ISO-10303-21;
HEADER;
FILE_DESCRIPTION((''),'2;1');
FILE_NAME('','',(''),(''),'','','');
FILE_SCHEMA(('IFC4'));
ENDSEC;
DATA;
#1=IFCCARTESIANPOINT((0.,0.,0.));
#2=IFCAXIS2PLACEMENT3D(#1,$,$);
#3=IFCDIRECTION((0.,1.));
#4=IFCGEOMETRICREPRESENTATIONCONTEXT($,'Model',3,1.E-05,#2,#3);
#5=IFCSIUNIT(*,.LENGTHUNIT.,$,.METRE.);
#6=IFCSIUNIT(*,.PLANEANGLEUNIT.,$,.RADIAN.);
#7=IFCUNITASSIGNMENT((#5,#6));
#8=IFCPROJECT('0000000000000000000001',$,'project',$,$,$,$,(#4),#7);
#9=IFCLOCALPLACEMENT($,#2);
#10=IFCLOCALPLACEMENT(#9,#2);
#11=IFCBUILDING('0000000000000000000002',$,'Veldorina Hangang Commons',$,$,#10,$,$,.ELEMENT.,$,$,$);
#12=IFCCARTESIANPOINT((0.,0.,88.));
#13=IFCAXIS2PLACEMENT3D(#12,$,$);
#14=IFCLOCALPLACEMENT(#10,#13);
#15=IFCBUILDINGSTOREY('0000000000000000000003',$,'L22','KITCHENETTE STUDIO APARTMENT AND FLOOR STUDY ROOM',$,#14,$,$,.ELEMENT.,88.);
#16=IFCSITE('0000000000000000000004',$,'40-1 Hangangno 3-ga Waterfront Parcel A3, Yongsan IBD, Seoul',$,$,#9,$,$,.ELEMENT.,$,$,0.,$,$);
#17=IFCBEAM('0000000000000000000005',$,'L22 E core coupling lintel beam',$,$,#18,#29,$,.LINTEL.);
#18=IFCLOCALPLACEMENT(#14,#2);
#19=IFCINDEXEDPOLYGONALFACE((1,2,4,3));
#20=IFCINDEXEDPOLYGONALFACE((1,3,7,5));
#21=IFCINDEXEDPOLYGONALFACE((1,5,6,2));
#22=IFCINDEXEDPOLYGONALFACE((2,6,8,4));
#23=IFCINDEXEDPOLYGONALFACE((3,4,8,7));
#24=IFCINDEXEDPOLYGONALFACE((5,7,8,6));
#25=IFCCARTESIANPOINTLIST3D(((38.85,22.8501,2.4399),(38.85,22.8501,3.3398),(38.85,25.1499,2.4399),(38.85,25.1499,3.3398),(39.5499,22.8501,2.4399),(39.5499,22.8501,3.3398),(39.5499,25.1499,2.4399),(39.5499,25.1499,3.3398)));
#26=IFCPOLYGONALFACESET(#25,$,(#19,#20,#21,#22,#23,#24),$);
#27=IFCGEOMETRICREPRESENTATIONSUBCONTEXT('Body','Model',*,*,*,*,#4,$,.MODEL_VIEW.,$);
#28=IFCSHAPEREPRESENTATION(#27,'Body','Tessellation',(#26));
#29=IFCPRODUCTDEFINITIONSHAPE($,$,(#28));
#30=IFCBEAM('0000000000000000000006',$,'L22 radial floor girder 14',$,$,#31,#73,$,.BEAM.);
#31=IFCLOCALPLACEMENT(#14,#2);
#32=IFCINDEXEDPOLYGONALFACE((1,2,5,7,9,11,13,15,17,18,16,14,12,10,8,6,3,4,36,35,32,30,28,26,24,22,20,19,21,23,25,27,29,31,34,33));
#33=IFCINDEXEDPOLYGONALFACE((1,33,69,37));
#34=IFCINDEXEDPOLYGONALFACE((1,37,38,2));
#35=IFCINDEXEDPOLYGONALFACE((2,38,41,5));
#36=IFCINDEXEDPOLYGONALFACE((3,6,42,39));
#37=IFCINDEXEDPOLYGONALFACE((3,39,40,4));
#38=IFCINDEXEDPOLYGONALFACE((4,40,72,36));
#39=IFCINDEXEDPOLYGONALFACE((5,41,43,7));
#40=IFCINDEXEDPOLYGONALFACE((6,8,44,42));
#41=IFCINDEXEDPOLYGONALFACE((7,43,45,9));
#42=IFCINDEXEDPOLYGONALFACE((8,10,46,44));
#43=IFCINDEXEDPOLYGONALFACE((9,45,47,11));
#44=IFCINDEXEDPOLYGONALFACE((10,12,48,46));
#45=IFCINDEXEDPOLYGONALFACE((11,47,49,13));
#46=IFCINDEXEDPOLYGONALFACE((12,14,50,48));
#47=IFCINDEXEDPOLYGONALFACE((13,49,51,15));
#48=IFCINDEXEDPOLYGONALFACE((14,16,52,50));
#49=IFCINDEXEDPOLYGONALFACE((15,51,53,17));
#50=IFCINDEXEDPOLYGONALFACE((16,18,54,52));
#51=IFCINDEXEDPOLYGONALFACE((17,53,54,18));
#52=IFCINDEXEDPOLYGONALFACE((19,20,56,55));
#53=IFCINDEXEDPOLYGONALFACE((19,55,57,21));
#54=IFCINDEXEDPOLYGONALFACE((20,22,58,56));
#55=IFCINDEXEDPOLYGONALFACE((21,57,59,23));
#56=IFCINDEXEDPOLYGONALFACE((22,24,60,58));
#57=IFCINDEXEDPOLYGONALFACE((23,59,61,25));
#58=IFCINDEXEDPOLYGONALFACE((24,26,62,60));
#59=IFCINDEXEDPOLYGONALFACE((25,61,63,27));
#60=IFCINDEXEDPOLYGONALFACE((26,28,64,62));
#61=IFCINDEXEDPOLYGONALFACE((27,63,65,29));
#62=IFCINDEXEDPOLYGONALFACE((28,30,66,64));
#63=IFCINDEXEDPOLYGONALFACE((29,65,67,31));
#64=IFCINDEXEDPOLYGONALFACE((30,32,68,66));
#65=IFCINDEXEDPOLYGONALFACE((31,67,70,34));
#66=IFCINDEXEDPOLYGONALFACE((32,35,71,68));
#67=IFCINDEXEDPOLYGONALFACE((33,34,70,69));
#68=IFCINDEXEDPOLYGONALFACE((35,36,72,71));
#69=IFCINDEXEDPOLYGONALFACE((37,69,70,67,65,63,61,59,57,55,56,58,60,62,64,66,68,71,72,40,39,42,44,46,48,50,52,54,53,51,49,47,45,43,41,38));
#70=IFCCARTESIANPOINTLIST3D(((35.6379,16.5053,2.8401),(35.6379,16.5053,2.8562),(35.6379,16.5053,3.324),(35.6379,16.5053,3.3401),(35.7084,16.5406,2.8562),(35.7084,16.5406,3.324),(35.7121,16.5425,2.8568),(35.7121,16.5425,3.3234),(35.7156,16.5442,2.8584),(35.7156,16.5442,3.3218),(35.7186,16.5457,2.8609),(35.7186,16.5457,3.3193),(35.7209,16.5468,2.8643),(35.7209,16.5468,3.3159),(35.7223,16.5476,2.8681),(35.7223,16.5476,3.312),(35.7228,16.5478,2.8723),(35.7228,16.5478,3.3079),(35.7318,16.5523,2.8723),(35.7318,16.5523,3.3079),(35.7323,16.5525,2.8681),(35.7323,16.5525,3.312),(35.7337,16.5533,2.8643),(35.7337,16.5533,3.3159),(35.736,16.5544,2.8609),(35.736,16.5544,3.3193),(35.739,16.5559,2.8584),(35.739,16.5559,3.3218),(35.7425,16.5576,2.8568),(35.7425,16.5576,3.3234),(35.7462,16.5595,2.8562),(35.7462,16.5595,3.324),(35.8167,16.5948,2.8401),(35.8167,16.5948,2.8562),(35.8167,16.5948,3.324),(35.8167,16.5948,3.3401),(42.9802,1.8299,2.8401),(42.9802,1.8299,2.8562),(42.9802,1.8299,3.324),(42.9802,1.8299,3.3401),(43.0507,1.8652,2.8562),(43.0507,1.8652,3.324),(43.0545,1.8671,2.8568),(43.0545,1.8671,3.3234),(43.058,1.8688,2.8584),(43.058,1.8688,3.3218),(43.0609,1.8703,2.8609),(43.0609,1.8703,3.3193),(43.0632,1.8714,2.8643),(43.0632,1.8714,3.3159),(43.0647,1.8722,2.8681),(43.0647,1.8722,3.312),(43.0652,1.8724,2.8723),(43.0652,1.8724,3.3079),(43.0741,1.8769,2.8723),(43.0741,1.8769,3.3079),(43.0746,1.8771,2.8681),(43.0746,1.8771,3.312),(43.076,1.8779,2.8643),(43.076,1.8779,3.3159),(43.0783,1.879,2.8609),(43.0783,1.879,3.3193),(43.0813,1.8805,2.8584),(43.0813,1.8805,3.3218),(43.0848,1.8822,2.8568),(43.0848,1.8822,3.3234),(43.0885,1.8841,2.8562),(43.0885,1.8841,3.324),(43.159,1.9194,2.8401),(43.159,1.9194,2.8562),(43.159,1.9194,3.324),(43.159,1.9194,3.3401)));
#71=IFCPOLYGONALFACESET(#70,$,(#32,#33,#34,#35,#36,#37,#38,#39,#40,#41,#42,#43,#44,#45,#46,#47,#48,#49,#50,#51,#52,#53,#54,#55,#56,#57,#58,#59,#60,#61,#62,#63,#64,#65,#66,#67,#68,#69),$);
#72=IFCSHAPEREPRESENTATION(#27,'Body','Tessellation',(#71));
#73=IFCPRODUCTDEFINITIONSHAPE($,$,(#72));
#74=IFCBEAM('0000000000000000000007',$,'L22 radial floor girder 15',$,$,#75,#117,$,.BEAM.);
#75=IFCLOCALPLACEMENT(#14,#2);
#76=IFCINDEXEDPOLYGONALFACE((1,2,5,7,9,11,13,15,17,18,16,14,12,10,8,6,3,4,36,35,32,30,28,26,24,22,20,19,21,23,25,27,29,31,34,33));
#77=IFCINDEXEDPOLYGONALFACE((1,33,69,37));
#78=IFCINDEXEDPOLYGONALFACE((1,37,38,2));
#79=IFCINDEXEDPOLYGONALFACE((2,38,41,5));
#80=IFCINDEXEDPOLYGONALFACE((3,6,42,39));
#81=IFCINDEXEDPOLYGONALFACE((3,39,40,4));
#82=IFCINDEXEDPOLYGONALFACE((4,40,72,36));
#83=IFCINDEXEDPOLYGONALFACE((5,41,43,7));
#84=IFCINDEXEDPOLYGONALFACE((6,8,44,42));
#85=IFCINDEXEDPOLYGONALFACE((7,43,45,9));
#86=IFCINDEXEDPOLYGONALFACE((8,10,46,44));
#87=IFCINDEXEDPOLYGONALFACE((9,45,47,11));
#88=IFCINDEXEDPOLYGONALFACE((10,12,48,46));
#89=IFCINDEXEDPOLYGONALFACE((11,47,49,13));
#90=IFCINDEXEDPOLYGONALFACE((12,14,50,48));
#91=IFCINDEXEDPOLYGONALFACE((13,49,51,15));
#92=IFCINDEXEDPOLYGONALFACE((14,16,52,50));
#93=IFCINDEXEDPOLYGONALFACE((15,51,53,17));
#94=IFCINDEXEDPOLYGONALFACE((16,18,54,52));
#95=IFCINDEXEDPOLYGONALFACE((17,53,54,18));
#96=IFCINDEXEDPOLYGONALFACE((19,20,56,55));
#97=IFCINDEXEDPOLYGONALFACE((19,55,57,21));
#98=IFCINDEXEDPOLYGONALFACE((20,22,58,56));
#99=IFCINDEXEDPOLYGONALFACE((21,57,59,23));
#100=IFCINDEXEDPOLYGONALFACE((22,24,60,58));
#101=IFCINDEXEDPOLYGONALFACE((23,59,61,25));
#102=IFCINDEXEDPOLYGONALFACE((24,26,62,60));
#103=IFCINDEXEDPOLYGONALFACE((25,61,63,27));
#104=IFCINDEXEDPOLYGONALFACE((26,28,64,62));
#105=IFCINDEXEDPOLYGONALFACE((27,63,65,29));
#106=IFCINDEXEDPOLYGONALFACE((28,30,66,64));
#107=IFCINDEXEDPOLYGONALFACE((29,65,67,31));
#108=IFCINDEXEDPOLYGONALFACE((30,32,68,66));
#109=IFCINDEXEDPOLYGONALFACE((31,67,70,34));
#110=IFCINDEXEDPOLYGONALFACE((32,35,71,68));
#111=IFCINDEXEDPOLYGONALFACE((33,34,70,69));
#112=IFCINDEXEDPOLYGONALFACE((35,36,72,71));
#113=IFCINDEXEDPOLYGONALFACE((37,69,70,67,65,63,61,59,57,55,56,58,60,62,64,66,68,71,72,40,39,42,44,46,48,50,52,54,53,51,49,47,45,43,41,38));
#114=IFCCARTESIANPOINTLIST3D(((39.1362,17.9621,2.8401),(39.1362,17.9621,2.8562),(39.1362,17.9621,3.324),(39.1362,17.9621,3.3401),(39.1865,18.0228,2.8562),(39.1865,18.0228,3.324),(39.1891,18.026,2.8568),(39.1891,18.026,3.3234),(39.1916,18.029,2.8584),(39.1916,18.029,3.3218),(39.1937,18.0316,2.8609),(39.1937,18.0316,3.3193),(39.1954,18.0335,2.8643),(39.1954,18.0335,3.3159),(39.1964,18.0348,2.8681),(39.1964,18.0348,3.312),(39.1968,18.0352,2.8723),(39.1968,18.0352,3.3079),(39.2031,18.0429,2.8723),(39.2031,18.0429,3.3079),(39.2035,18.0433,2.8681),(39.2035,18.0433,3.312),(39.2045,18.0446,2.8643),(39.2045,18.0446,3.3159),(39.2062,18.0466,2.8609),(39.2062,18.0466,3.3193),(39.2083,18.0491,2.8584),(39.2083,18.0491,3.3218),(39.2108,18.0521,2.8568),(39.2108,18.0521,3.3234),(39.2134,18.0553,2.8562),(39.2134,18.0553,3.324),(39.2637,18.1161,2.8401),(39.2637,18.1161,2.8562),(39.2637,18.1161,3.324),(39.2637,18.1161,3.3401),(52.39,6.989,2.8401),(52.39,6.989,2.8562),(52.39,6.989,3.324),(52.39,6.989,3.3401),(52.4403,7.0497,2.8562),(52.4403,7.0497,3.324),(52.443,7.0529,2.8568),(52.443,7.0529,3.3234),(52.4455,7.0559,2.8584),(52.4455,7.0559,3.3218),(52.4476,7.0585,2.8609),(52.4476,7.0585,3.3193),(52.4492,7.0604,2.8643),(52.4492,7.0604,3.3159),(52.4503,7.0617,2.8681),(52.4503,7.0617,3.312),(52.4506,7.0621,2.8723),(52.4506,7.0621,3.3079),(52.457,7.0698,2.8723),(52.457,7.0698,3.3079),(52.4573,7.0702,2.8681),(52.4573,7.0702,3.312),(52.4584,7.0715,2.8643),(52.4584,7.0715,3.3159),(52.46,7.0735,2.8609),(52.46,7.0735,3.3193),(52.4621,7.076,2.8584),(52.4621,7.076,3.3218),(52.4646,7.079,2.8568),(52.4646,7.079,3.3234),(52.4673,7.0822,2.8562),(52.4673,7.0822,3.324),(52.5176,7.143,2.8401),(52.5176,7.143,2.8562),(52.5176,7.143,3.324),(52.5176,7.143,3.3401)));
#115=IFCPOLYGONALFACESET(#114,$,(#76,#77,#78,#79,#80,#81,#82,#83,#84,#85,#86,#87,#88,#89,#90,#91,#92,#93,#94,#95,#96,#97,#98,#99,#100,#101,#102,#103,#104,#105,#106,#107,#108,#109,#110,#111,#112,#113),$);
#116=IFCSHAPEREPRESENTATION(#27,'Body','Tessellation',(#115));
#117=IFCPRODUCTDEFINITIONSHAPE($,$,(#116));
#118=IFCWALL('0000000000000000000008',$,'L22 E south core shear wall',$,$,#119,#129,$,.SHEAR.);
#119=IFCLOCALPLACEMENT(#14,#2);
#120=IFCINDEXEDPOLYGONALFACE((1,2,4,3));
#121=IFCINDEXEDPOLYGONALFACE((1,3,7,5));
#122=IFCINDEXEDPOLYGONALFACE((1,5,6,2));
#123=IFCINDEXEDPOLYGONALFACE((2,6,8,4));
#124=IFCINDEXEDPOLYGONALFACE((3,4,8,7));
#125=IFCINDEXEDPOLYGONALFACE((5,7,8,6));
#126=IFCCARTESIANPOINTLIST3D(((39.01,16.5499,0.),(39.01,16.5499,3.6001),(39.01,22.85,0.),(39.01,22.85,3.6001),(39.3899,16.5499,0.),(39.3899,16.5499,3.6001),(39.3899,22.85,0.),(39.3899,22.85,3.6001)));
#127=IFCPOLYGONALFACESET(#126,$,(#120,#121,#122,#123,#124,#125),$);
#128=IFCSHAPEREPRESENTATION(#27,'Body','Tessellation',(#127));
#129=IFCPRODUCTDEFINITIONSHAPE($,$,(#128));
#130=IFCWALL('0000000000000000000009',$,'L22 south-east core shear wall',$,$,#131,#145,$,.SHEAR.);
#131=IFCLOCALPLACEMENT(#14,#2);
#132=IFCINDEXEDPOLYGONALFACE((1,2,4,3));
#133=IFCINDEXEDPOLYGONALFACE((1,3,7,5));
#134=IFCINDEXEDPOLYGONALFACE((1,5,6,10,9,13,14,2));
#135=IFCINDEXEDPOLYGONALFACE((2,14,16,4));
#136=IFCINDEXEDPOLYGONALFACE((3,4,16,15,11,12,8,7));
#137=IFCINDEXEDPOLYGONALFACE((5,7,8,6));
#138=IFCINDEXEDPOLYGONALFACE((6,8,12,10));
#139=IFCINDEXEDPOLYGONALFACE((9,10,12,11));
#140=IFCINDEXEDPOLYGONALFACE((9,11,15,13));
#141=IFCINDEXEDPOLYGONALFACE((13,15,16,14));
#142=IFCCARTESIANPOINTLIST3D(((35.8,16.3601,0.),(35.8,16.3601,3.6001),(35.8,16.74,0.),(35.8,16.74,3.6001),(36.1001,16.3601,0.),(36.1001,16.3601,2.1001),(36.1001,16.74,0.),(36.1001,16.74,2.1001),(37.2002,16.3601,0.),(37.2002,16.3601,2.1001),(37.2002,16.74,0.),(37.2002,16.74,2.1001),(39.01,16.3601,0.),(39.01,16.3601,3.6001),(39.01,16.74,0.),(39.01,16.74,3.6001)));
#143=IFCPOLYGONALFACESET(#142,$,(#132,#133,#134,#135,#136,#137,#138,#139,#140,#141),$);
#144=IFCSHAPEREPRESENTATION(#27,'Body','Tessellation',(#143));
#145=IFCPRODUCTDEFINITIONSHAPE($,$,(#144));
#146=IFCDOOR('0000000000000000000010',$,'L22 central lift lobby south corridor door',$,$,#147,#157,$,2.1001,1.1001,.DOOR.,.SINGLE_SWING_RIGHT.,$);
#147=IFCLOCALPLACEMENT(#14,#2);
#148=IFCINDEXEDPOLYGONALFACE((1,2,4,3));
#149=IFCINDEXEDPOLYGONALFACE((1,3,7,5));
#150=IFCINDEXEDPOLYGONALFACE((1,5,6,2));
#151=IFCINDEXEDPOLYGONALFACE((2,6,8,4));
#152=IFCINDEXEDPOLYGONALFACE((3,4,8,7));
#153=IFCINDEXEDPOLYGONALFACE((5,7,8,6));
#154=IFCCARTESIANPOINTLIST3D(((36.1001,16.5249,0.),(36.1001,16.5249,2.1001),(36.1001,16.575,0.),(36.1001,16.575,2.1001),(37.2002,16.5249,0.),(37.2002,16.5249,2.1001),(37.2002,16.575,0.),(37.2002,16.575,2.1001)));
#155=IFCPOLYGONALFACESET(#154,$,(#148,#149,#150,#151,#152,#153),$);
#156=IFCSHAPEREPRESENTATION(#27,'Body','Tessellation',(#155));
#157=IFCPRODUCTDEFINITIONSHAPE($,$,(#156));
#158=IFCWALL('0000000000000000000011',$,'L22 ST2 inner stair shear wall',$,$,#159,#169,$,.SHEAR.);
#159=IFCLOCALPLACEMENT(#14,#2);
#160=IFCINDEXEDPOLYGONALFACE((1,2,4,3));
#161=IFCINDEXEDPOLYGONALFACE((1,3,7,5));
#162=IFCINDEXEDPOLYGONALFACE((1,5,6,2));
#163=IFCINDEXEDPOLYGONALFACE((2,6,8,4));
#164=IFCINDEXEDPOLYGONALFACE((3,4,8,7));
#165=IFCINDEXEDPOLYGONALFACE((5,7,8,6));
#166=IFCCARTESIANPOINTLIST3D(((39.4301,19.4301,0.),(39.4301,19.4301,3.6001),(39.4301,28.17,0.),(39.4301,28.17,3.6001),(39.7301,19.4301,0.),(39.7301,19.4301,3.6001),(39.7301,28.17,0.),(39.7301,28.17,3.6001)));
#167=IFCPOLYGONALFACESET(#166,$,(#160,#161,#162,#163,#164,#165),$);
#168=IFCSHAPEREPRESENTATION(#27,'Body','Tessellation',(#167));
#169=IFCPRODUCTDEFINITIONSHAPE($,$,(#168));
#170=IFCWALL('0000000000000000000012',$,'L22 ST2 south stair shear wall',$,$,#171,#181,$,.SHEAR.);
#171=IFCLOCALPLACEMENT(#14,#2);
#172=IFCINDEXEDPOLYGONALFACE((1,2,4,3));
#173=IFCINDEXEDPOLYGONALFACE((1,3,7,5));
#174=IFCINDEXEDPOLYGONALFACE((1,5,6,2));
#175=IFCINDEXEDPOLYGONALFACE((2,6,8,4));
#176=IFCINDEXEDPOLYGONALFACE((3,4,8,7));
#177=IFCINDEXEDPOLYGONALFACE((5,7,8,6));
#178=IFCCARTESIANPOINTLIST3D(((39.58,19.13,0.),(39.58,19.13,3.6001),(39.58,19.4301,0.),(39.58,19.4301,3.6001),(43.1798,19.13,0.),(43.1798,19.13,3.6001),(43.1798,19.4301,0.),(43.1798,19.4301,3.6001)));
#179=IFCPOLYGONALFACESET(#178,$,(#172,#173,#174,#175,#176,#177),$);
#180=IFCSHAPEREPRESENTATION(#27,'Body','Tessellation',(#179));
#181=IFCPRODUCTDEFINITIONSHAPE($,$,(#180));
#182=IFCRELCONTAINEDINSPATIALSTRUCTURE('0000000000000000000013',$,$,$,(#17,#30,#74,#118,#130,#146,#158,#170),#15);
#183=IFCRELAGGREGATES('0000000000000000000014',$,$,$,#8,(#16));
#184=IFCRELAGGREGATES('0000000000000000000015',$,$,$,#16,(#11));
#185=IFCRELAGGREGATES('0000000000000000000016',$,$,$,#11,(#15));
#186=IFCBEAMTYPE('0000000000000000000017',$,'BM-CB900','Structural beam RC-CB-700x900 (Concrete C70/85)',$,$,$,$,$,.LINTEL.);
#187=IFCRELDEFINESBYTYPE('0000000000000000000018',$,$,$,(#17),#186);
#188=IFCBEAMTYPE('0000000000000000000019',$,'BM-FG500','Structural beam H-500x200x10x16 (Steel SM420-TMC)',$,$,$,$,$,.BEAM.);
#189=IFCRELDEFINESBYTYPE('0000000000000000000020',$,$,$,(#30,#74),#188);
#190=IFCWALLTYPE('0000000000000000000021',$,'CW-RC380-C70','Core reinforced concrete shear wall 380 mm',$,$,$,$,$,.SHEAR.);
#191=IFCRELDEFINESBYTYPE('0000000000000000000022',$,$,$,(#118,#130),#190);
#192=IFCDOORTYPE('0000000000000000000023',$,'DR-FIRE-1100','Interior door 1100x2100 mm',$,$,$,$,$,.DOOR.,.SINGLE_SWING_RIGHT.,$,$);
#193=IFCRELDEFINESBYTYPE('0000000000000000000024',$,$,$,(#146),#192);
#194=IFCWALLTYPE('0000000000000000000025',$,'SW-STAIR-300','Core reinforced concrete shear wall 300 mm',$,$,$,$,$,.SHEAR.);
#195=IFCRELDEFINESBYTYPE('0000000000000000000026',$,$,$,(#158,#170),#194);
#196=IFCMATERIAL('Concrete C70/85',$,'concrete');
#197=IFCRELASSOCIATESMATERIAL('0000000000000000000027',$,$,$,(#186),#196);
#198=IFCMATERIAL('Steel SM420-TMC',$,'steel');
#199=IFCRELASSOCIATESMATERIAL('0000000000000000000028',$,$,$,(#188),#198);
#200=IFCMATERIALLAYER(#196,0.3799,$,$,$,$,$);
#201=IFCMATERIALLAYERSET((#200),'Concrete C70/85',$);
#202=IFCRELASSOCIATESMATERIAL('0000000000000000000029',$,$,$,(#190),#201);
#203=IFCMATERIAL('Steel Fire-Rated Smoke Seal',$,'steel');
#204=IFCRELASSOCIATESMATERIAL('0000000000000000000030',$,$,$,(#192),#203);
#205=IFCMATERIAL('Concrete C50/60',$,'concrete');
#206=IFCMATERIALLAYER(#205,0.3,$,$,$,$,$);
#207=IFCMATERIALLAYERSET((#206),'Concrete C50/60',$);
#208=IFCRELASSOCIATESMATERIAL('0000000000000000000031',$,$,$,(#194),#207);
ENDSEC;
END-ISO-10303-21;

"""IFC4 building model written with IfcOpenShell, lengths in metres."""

from ifc_helpers import new_model, si_unit, direction, frame, frame_2d, origin, origin_2d, place, context, subcontext, project, spatial, rectangle, i_section, extrude, material, layer, layer_set, material_profile, profile_set, type_object, element, fill, save


model = new_model("IFC4")

# Units and contexts
model_context = context("Model", 3, precision=1e-05, world=origin(), true_north=direction((0.0, 1.0)))
body_context = subcontext(model_context, "Body", "Model", "MODEL_VIEW")
ifc_project = project(units=[si_unit("LENGTHUNIT", "METRE"), si_unit("PLANEANGLEUNIT", "RADIAN")], contexts=[model_context])

# Site, building, storey
site_placement = place(None, origin())
site = spatial("IfcSite", under=ifc_project, at=site_placement, Name="40-1 Hangangno 3-ga Waterfront Parcel A3, Yongsan IBD, Seoul", CompositionType="ELEMENT", RefElevation=0.0)
building_placement = place(site_placement, origin())
building = spatial("IfcBuilding", under=site, at=building_placement, Name="Veldorina Hangang Commons", CompositionType="ELEMENT")
storey_placement = place(building_placement, frame((0.0, 0.0, 88.0)))
storey = spatial("IfcBuildingStorey", under=building, at=storey_placement, Name="L22", Description="KITCHENETTE STUDIO APARTMENT AND FLOOR STUDY ROOM", CompositionType="ELEMENT", Elevation=88.0)

# Beams
ifc_material_1 = material(Name="Concrete C70/85", Category="concrete")
ifc_material_profile_1 = material_profile(ifc_material_1, rectangle(XDim=0.7, YDim=0.8999, at=origin_2d()), Name="RC-CB-700x900")
ifc_profile_set_1 = profile_set([ifc_material_profile_1], Name="Concrete C70/85")
beam_type_1 = type_object("IfcBeamType", Name="BM-CB900", Description="Structural beam RC-CB-700x900 (Concrete C70/85)", PredefinedType="LINTEL", material=ifc_profile_set_1)
beam_1_placement = place(storey_placement, frame((39.2, 22.8501, 2.8899), z_axis=(0.0, 1.0, 0.0), x_axis=(-1.0, 0.0, 0.0)))
element("IfcBeam", 1, at=beam_1_placement, inside=storey, type_object=beam_type_1, Name="L22 E core coupling lintel beam", PredefinedType="LINTEL", context=body_context, shape_type="SweptSolid", body=[
    extrude(rectangle(XDim=0.7, YDim=0.8999, at=origin_2d()), origin(), (0.0, 0.0, 1.0), 2.2998),
])
ifc_material_2 = material(Name="Steel SM420-TMC", Category="steel")
ifc_material_profile_2 = material_profile(ifc_material_2, i_section(OverallWidth=0.2, OverallDepth=0.5, WebThickness=0.01, FlangeThickness=0.0161, FilletRadius=0.0161, at=origin_2d()), Name="H-500x200x10x16")
ifc_profile_set_2 = profile_set([ifc_material_profile_2], Name="Steel SM420-TMC")
beam_type_2 = type_object("IfcBeamType", Name="BM-FG500", Description="Structural beam H-500x200x10x16 (Steel SM420-TMC)", PredefinedType="BEAM", material=ifc_profile_set_2)
beam_2_placement = place(storey_placement, frame((35.7273, 16.55, 3.0901), z_axis=(0.44744, -0.894314, 0.0), x_axis=(0.894314, 0.44744, 0.0)))
element("IfcBeam", 2, at=beam_2_placement, inside=storey, type_object=beam_type_2, Name="L22 radial floor girder 14", PredefinedType="BEAM", context=body_context, shape_type="SweptSolid", body=[
    extrude(i_section(OverallWidth=0.2, OverallDepth=0.5, WebThickness=0.01, FlangeThickness=0.0161, FilletRadius=0.0161, at=origin_2d()), origin(), (0.0, 0.0, 1.0), 16.4097),
])
beam_3_placement = place(storey_placement, frame((39.2, 18.0391, 3.0901), z_axis=(0.770269, -0.637719, 0.0), x_axis=(0.637719, 0.770269, 0.0)))
element("IfcBeam", 3, at=beam_3_placement, inside=storey, type_object=beam_type_2, Name="L22 radial floor girder 15", PredefinedType="BEAM", context=body_context, shape_type="SweptSolid", body=[
    extrude(i_section(OverallWidth=0.2, OverallDepth=0.5, WebThickness=0.01, FlangeThickness=0.0161, FilletRadius=0.0161, at=origin_2d()), origin(), (0.0, 0.0, 1.0), 17.2068),
])

# Wall
ifc_layer_1 = layer(ifc_material_1, 0.3799)
ifc_layer_set_1 = layer_set([ifc_layer_1], Name="Concrete C70/85")
wall_type_1 = type_object("IfcWallType", Name="CW-RC380-C70", Description="Core reinforced concrete shear wall 380 mm", PredefinedType="SHEAR", material=ifc_layer_set_1)
wall_1_placement = place(storey_placement, frame((39.2, 16.55, 0.0), z_axis=(0.0, 0.0, 1.0), x_axis=(0.0, 1.0, 0.0)))
element("IfcWall", 4, at=wall_1_placement, inside=storey, type_object=wall_type_1, Name="L22 E south core shear wall", PredefinedType="SHEAR", context=body_context, shape_type="SweptSolid", body=[
    extrude(rectangle(XDim=6.3, YDim=0.3799, at=frame_2d((3.1499, 0.0))), origin(), (0.0, 0.0, 1.0), 3.6001),
])

# Wall, opening, door
wall_2_placement = place(storey_placement, frame((35.8, 16.55, 0.0), z_axis=(0.0, 0.0, 1.0), x_axis=(1.0, 0.0, 0.0)))
wall_2 = element("IfcWall", 5, at=wall_2_placement, inside=storey, type_object=wall_type_1, Name="L22 south-east core shear wall", PredefinedType="SHEAR", context=body_context, shape_type="SweptSolid", body=[
    extrude(rectangle(XDim=3.21, YDim=0.3799, at=frame_2d((1.605, 0.0))), origin(), (0.0, 0.0, 1.0), 3.6001),
])
opening_1_placement = place(wall_2_placement, frame((0.3, 0.0, 0.0)))
opening_1 = element("IfcOpeningElement", 6, at=opening_1_placement, cuts=wall_2, PredefinedType="OPENING", context=body_context, shape_type="SweptSolid", body=[
    extrude(rectangle(XDim=1.1001, YDim=2.1001, at=frame_2d((0.55, 1.05))), frame((0.0, 0.2, 0.0), z_axis=(0.0, -1.0, 0.0), x_axis=(1.0, 0.0, 0.0)), (0.0, 0.0, 1.0), 0.3999),
])
ifc_material_3 = material(Name="Steel Fire-Rated Smoke Seal", Category="steel")
door_type_1 = type_object("IfcDoorType", Name="DR-FIRE-1100", Description="Interior door 1100x2100 mm", OperationType="SINGLE_SWING_RIGHT", PredefinedType="DOOR", material=ifc_material_3)
door_1_placement = place(opening_1_placement, origin())
door_1 = element("IfcDoor", 7, at=door_1_placement, inside=storey, type_object=door_type_1, Name="L22 central lift lobby south corridor door", OperationType="SINGLE_SWING_RIGHT", OverallHeight=2.1001, OverallWidth=1.1001, PredefinedType="DOOR", context=body_context, shape_type="SweptSolid", body=[
    extrude(rectangle(XDim=1.1001, YDim=2.1001, at=frame_2d((0.55, 1.05))), frame((0.0, 0.0249, 0.0), z_axis=(0.0, -1.0, 0.0), x_axis=(1.0, 0.0, 0.0)), (0.0, 0.0, 1.0), 0.05),
])
fill(opening_1, door_1)

# Walls
ifc_material_4 = material(Name="Concrete C50/60", Category="concrete")
ifc_layer_2 = layer(ifc_material_4, 0.3)
ifc_layer_set_2 = layer_set([ifc_layer_2], Name="Concrete C50/60")
wall_type_2 = type_object("IfcWallType", Name="SW-STAIR-300", Description="Core reinforced concrete shear wall 300 mm", PredefinedType="SHEAR", material=ifc_layer_set_2)
wall_3_placement = place(storey_placement, frame((39.5801, 19.4299, 0.0), z_axis=(0.0, 0.0, 1.0), x_axis=(0.0, 1.0, 0.0)))
element("IfcWall", 8, at=wall_3_placement, inside=storey, type_object=wall_type_2, Name="L22 ST2 inner stair shear wall", PredefinedType="SHEAR", context=body_context, shape_type="SweptSolid", body=[
    extrude(rectangle(XDim=8.74, YDim=0.3, at=frame_2d((4.3701, 0.0))), origin(), (0.0, 0.0, 1.0), 3.6001),
])
wall_4_placement = place(storey_placement, frame((39.5801, 19.28, 0.0), z_axis=(0.0, 0.0, 1.0), x_axis=(1.0, 0.0, 0.0)))
element("IfcWall", 9, at=wall_4_placement, inside=storey, type_object=wall_type_2, Name="L22 ST2 south stair shear wall", PredefinedType="SHEAR", context=body_context, shape_type="SweptSolid", body=[
    extrude(rectangle(XDim=3.5999, YDim=0.3, at=frame_2d((1.7998, 0.0))), origin(), (0.0, 0.0, 1.0), 3.6001),
])

save(model, "model.ifc")
